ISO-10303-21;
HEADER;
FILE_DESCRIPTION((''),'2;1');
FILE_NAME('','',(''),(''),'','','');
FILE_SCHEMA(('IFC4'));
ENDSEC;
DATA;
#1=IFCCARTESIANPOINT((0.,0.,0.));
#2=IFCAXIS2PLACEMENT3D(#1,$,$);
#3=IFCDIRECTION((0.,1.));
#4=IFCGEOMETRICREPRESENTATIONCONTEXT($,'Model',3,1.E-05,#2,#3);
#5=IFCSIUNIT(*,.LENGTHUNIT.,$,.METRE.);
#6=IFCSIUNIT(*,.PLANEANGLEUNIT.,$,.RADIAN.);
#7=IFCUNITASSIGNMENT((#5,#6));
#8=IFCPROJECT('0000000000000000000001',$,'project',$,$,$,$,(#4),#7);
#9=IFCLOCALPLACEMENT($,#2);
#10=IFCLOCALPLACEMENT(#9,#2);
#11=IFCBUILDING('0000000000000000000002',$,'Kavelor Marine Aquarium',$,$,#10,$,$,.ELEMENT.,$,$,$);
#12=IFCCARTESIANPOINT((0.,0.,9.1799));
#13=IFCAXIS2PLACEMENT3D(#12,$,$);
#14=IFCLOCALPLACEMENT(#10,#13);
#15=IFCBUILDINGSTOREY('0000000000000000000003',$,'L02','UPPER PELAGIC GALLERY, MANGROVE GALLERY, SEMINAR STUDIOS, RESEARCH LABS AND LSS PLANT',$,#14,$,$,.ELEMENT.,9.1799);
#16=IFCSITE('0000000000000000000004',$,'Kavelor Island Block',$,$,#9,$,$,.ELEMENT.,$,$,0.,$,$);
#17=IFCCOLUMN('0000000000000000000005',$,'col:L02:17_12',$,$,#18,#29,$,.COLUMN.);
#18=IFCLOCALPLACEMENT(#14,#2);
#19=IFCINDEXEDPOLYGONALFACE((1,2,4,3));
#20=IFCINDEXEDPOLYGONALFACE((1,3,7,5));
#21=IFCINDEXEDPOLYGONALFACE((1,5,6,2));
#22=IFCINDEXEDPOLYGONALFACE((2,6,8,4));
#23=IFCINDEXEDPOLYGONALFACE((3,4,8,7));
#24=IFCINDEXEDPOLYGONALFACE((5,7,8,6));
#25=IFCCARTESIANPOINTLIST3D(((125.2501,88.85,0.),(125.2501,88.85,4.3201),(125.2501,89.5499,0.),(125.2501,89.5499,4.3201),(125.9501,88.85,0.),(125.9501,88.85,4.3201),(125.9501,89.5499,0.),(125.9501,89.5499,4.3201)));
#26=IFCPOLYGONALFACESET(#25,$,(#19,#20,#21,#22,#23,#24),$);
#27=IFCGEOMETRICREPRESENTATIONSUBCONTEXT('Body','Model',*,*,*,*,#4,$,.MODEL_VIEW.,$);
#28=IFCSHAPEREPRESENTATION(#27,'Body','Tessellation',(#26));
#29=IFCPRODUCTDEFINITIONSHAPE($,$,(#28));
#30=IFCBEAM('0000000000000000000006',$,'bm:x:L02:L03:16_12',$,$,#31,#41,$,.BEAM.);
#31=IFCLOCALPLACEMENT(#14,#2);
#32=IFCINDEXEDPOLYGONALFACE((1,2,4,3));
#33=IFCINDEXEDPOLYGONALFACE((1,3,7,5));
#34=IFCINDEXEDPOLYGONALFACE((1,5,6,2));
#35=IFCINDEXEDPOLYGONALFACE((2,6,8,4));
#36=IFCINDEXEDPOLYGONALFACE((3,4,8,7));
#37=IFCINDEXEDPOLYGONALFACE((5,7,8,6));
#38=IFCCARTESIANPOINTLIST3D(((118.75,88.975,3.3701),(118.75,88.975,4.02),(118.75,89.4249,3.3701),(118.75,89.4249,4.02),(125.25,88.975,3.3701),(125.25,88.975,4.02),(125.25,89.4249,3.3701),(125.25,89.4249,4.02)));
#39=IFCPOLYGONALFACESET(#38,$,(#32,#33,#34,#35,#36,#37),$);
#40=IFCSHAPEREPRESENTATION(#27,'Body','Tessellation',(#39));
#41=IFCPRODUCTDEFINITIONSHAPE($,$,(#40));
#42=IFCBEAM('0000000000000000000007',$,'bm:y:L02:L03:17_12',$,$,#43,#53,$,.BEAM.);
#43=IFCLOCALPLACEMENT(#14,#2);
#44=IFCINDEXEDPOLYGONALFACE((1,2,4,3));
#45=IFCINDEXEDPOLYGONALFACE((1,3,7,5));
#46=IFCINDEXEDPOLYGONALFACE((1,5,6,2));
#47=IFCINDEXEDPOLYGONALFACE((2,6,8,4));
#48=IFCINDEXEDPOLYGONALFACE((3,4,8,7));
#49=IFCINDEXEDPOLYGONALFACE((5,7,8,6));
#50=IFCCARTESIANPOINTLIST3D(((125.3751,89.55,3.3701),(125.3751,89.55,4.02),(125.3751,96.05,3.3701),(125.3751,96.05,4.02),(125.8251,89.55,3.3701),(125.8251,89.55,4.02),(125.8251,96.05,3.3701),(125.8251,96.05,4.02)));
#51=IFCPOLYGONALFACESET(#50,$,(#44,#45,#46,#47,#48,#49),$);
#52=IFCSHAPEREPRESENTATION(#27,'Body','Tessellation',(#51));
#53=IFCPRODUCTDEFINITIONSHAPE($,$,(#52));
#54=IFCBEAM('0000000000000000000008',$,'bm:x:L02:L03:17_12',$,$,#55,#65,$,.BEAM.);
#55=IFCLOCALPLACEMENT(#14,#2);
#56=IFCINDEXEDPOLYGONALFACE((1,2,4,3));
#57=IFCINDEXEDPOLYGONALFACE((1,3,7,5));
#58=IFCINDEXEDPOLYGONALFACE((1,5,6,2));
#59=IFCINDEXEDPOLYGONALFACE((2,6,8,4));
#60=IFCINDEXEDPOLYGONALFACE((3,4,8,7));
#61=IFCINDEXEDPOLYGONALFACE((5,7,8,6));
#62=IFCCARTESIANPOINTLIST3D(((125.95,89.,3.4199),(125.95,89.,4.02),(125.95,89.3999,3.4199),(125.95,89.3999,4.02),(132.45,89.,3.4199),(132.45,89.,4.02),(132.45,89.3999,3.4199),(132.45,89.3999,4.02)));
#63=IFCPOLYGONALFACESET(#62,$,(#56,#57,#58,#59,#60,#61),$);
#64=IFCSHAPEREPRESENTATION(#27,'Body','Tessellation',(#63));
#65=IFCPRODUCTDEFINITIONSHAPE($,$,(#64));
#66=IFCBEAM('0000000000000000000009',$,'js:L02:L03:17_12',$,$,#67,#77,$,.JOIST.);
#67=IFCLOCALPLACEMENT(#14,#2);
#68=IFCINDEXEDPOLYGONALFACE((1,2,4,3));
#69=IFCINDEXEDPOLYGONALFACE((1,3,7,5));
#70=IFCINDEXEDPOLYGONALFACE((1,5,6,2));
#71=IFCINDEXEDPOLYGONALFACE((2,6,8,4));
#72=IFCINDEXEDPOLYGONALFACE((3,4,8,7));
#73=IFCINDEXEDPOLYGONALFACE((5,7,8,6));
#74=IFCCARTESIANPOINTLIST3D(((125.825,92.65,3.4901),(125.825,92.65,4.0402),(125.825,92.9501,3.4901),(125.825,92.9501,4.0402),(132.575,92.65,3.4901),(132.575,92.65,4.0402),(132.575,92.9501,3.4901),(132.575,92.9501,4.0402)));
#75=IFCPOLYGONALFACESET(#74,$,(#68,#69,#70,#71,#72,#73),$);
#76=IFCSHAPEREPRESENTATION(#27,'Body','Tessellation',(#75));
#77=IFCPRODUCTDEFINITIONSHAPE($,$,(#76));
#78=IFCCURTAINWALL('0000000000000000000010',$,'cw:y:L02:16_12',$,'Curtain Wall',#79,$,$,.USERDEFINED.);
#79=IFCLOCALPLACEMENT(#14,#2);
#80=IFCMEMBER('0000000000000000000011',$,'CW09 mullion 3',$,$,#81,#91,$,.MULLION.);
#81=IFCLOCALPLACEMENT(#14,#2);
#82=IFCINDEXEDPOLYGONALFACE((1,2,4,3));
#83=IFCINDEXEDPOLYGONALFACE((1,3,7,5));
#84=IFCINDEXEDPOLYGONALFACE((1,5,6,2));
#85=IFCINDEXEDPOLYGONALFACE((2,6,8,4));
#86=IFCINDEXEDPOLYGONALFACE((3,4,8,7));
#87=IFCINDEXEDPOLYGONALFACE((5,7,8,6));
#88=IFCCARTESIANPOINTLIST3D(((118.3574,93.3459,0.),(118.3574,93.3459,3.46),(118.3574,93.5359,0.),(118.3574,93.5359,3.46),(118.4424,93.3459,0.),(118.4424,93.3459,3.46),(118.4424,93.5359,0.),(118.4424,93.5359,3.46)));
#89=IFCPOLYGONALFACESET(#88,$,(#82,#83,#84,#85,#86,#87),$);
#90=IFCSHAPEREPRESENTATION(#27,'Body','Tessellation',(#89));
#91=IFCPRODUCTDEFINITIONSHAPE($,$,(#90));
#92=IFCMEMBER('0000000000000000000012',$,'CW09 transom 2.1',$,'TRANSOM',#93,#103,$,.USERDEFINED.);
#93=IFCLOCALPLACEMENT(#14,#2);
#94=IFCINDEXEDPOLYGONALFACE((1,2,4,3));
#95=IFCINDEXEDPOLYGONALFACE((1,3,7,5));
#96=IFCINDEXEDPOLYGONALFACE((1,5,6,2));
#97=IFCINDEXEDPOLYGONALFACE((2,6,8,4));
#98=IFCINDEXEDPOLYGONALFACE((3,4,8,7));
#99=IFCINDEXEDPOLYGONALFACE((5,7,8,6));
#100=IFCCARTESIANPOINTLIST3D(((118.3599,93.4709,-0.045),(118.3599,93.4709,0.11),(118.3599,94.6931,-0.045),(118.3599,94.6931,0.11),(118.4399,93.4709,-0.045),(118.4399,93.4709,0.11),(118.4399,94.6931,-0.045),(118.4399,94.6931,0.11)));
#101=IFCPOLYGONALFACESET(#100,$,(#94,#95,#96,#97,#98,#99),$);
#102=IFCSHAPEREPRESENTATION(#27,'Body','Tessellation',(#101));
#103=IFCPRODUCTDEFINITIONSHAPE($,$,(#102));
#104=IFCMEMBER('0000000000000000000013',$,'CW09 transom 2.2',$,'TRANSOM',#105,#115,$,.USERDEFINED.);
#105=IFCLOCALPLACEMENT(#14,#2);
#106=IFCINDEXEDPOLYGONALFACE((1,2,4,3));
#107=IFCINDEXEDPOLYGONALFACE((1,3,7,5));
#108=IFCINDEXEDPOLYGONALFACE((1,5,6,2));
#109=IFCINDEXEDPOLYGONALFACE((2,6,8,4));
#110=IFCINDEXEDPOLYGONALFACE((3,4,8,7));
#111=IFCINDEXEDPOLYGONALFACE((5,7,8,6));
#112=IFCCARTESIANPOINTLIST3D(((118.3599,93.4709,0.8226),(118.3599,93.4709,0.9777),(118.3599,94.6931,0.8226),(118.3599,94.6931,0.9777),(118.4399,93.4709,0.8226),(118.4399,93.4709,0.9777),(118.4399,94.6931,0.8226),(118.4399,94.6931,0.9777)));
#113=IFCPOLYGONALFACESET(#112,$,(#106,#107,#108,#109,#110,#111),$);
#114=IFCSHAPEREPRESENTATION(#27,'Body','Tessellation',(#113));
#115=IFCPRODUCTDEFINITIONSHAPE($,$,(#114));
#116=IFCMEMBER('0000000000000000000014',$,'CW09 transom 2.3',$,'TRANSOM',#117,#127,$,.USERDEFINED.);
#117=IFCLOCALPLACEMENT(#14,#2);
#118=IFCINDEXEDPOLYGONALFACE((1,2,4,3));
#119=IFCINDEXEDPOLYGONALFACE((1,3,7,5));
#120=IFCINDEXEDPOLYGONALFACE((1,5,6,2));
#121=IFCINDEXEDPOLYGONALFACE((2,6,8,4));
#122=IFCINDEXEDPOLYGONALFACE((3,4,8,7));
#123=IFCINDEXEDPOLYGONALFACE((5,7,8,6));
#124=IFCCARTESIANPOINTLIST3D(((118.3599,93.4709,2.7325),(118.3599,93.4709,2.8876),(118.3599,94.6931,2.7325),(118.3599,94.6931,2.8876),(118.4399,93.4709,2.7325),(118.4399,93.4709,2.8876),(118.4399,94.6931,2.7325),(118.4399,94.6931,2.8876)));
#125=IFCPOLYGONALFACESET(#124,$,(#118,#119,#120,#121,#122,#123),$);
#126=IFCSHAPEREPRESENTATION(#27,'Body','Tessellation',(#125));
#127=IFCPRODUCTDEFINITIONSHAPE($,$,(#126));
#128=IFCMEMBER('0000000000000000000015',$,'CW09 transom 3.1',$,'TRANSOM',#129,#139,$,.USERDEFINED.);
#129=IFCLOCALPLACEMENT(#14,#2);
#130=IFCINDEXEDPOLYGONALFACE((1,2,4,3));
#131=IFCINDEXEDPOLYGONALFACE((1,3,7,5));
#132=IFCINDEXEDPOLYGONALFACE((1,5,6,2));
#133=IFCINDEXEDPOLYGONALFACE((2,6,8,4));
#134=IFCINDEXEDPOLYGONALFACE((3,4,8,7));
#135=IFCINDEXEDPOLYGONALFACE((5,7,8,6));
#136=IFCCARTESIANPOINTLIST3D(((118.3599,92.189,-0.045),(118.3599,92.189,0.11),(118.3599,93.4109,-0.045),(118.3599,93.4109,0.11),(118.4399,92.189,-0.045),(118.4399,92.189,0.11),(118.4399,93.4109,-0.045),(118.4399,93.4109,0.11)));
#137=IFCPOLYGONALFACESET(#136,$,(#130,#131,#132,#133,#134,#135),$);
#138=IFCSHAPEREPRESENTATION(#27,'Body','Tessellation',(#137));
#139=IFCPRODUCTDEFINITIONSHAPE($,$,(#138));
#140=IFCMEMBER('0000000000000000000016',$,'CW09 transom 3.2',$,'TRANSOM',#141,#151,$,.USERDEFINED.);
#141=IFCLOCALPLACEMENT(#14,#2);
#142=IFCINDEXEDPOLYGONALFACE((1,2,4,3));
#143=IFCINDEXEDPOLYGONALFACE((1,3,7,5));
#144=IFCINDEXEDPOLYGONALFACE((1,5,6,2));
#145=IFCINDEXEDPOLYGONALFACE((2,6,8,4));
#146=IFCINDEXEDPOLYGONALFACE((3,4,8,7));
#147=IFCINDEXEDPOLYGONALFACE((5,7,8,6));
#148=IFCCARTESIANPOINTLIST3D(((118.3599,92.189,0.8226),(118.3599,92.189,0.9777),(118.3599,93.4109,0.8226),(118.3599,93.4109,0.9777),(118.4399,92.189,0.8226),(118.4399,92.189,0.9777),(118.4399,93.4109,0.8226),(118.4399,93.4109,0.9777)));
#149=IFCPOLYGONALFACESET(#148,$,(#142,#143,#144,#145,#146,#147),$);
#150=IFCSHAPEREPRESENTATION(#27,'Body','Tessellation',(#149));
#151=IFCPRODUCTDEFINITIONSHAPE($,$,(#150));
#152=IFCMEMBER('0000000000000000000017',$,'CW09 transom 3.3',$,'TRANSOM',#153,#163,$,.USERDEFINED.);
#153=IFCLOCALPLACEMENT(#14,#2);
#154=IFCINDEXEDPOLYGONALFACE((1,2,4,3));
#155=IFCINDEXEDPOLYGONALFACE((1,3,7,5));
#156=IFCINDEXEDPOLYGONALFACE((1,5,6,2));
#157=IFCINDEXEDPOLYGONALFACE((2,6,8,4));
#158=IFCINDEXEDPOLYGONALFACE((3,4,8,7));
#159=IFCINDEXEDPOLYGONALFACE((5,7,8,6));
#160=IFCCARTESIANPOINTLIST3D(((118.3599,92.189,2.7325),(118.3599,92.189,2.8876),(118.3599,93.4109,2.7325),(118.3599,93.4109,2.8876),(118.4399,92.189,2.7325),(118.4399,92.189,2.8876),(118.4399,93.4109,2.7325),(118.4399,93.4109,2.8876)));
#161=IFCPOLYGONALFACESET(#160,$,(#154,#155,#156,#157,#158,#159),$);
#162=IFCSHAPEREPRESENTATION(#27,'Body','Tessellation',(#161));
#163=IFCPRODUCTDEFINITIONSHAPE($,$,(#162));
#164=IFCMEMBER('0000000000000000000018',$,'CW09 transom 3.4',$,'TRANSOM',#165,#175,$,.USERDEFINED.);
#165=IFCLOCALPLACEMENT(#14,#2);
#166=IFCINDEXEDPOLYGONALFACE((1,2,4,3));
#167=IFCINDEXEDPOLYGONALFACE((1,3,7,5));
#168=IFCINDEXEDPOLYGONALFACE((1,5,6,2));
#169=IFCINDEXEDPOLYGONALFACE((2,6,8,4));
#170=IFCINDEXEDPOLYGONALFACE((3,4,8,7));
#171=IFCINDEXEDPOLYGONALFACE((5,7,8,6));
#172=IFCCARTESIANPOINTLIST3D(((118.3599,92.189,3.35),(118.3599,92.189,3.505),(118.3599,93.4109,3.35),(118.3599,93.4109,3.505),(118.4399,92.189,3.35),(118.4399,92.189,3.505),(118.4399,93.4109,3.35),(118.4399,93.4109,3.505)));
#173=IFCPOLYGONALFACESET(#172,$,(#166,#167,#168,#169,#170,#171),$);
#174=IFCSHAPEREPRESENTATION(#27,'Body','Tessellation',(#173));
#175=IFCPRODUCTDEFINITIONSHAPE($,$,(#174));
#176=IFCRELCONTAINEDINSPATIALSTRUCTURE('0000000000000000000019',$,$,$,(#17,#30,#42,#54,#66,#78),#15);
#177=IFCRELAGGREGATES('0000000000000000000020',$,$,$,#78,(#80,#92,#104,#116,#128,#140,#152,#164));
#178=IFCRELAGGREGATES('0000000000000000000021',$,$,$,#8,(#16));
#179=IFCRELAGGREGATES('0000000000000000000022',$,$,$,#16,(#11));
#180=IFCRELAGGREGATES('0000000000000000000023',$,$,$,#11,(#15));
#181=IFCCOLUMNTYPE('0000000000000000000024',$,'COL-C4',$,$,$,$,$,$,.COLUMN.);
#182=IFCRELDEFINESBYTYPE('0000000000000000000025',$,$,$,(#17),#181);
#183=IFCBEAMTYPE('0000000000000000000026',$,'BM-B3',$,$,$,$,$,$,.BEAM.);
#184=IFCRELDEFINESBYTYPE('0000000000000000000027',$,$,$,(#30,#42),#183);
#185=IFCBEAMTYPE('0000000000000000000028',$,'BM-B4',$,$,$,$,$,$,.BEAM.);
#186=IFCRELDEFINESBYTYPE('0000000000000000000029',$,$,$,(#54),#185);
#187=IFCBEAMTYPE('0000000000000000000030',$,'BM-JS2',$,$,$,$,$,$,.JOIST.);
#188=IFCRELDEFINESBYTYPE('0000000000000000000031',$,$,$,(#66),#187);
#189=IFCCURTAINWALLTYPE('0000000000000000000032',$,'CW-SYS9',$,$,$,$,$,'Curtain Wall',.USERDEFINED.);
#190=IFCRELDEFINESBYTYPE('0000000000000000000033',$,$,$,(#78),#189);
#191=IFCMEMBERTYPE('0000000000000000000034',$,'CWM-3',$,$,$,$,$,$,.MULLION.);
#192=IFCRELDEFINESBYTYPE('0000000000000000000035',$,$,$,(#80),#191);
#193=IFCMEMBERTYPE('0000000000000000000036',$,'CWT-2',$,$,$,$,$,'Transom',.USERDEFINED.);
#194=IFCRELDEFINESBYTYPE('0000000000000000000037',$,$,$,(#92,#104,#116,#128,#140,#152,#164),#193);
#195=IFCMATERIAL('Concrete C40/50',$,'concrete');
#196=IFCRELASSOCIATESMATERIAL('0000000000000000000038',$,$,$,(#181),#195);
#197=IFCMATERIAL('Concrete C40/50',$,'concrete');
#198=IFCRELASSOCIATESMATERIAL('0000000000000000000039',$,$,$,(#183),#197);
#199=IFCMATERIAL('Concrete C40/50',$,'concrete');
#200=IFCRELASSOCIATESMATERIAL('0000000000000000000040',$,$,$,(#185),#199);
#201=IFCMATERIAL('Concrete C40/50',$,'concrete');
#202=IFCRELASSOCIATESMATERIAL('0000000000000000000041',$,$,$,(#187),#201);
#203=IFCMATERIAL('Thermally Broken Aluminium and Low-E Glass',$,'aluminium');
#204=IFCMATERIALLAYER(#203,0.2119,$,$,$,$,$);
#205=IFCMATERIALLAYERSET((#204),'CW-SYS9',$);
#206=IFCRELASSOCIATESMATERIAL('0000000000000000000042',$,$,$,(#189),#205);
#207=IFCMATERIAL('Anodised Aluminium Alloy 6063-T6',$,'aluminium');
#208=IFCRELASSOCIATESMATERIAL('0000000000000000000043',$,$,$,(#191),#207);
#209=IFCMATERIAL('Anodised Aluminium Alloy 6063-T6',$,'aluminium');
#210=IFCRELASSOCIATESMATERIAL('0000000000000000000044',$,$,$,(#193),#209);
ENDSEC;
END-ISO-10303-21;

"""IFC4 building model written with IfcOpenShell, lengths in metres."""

from ifc_helpers import new_model, si_unit, direction, frame, origin, origin_2d, place, context, subcontext, project, spatial, rectangle, extrude, material, layer, layer_set, material_profile, profile_set, type_object, element, aggregate, save


model = new_model("IFC4")

# Units and contexts
model_context = context("Model", 3, precision=1e-05, world=origin(), true_north=direction((0.0, 1.0)))
body_context = subcontext(model_context, "Body", "Model", "MODEL_VIEW")
ifc_project = project(units=[si_unit("LENGTHUNIT", "METRE"), si_unit("PLANEANGLEUNIT", "RADIAN")], contexts=[model_context])

# Site, building, storey
site_placement = place(None, origin())
site = spatial("IfcSite", under=ifc_project, at=site_placement, Name="Kavelor Island Block", CompositionType="ELEMENT", RefElevation=0.0)
building_placement = place(site_placement, origin())
building = spatial("IfcBuilding", under=site, at=building_placement, Name="Kavelor Marine Aquarium", CompositionType="ELEMENT")
storey_placement = place(building_placement, frame((0.0, 0.0, 9.1799)))
storey = spatial("IfcBuildingStorey", under=building, at=storey_placement, Name="L02", Description="UPPER PELAGIC GALLERY, MANGROVE GALLERY, SEMINAR STUDIOS, RESEARCH LABS AND LSS PLANT", CompositionType="ELEMENT", Elevation=9.1799)

# Column
ifc_material_1 = material(Name="Concrete C40/50", Category="concrete")
ifc_material_profile_1 = material_profile(ifc_material_1, rectangle(XDim=0.7, YDim=0.7, at=origin_2d()), Name="RC-COL 700x700")
ifc_profile_set_1 = profile_set([ifc_material_profile_1], Name="Concrete C40/50")
column_type = type_object("IfcColumnType", Name="COL-C4", PredefinedType="COLUMN", material=ifc_profile_set_1)
column_placement = place(storey_placement, frame((125.6001, 89.2, 0.0), z_axis=(0.0, 0.0, 1.0), x_axis=(1.0, 0.0, 0.0)))
element("IfcColumn", 1, at=column_placement, inside=storey, type_object=column_type, Name="col:L02:17_12", PredefinedType="COLUMN", context=body_context, shape_type="SweptSolid", body=[
    extrude(rectangle(XDim=0.7, YDim=0.7, at=origin_2d()), origin(), (0.0, 0.0, 1.0), 4.3201),
])

# Beams
ifc_material_2 = material(Name="Concrete C40/50", Category="concrete")
ifc_material_profile_2 = material_profile(ifc_material_2, rectangle(XDim=0.45, YDim=0.6499, at=origin_2d()), Name="RC-BM 450x650")
ifc_profile_set_2 = profile_set([ifc_material_profile_2], Name="Concrete C40/50")
beam_type_1 = type_object("IfcBeamType", Name="BM-B3", PredefinedType="BEAM", material=ifc_profile_set_2)
for number, where, z_axis, x_axis, name in (
    (2, (118.75, 89.2, 3.6951), (1.0, 0.0, 0.0), (0.0, 1.0, 0.0), "bm:x:L02:L03:16_12"),
    (3, (125.6001, 89.55, 3.6951), (0.0, 1.0, 0.0), (-1.0, 0.0, 0.0), "bm:y:L02:L03:17_12"),
):
    element("IfcBeam", number, at=place(storey_placement, frame(where, z_axis=z_axis, x_axis=x_axis)), inside=storey, type_object=beam_type_1, Name=name, PredefinedType="BEAM", context=body_context, shape_type="SweptSolid", body=[
        extrude(rectangle(XDim=0.45, YDim=0.6499, at=origin_2d()), origin(), (0.0, 0.0, 1.0), 6.5),
    ])
ifc_material_3 = material(Name="Concrete C40/50", Category="concrete")
ifc_material_profile_3 = material_profile(ifc_material_3, rectangle(XDim=0.3999, YDim=0.6001, at=origin_2d()), Name="RC-BM 400x600")
ifc_profile_set_3 = profile_set([ifc_material_profile_3], Name="Concrete C40/50")
beam_type_2 = type_object("IfcBeamType", Name="BM-B4", PredefinedType="BEAM", material=ifc_profile_set_3)
beam_1_placement = place(storey_placement, frame((125.95, 89.2, 3.72), z_axis=(1.0, 0.0, 0.0), x_axis=(0.0, 1.0, 0.0)))
element("IfcBeam", 4, at=beam_1_placement, inside=storey, type_object=beam_type_2, Name="bm:x:L02:L03:17_12", PredefinedType="BEAM", context=body_context, shape_type="SweptSolid", body=[
    extrude(rectangle(XDim=0.3999, YDim=0.6001, at=origin_2d()), origin(), (0.0, 0.0, 1.0), 6.5),
])
ifc_material_4 = material(Name="Concrete C40/50", Category="concrete")
ifc_material_profile_4 = material_profile(ifc_material_4, rectangle(XDim=0.3, YDim=0.55, at=origin_2d()), Name="RC-JS 300x550")
ifc_profile_set_4 = profile_set([ifc_material_profile_4], Name="Concrete C40/50")
beam_type_3 = type_object("IfcBeamType", Name="BM-JS2", PredefinedType="JOIST", material=ifc_profile_set_4)
beam_2_placement = place(storey_placement, frame((125.825, 92.8, 3.7651), z_axis=(1.0, 0.0, 0.0), x_axis=(0.0, 1.0, 0.0)))
element("IfcBeam", 5, at=beam_2_placement, inside=storey, type_object=beam_type_3, Name="js:L02:L03:17_12", PredefinedType="JOIST", context=body_context, shape_type="SweptSolid", body=[
    extrude(rectangle(XDim=0.3, YDim=0.55, at=origin_2d()), origin(), (0.0, 0.0, 1.0), 6.75),
])

# Curtain wall, members
ifc_material_5 = material(Name="Thermally Broken Aluminium and Low-E Glass", Category="aluminium")
ifc_layer_1 = layer(ifc_material_5, 0.2119)
ifc_layer_set_1 = layer_set([ifc_layer_1], Name="CW-SYS9")
curtain_wall_type = type_object("IfcCurtainWallType", Name="CW-SYS9", ElementType="Curtain Wall", PredefinedType="USERDEFINED", material=ifc_layer_set_1)
curtain_wall_placement = place(storey_placement, origin())
curtain_wall = element("IfcCurtainWall", 6, at=curtain_wall_placement, inside=storey, type_object=curtain_wall_type, Name="cw:y:L02:16_12", ObjectType="Curtain Wall", PredefinedType="USERDEFINED")
ifc_material_6 = material(Name="Anodised Aluminium Alloy 6063-T6", Category="aluminium")
ifc_material_profile_5 = material_profile(ifc_material_6, rectangle(XDim=0.085, YDim=0.1899, at=origin_2d()), Name="CW-MUL 85x190")
ifc_profile_set_5 = profile_set([ifc_material_profile_5], Name="Anodised Aluminium Alloy 6063-T6")
member_type_1 = type_object("IfcMemberType", Name="CWM-3", PredefinedType="MULLION", material=ifc_profile_set_5)
member_1_placement = place(storey_placement, frame((118.3999, 93.4409, 0.0), z_axis=(0.0, 0.0, 1.0), x_axis=(1.0, 0.0, 0.0)))
member_1 = element("IfcMember", 7, at=member_1_placement, type_object=member_type_1, Name="CW09 mullion 3", PredefinedType="MULLION", context=body_context, shape_type="SweptSolid", body=[
    extrude(rectangle(XDim=0.085, YDim=0.1899, at=origin_2d()), origin(), (0.0, 0.0, 1.0), 3.46),
])
ifc_material_7 = material(Name="Anodised Aluminium Alloy 6063-T6", Category="aluminium")
ifc_material_profile_6 = material_profile(ifc_material_7, rectangle(XDim=0.0801, YDim=0.155, at=origin_2d()), Name="CW-TRN 80x155")
ifc_profile_set_6 = profile_set([ifc_material_profile_6], Name="Anodised Aluminium Alloy 6063-T6")
member_type_2 = type_object("IfcMemberType", Name="CWT-2", ElementType="Transom", PredefinedType="USERDEFINED", material=ifc_profile_set_6)
member_2_placement = place(storey_placement, frame((118.3999, 94.6931, 0.0325), z_axis=(0.0, -1.0, 0.0), x_axis=(1.0, 0.0, 0.0)))
member_2 = element("IfcMember", 8, at=member_2_placement, type_object=member_type_2, Name="CW09 transom 2.1", ObjectType="TRANSOM", PredefinedType="USERDEFINED", context=body_context, shape_type="SweptSolid", body=[
    extrude(rectangle(XDim=0.0801, YDim=0.155, at=origin_2d()), origin(), (0.0, 0.0, 1.0), 1.2222),
])
member_3_placement = place(storey_placement, frame((118.3999, 94.6931, 0.9001), z_axis=(0.0, -1.0, 0.0), x_axis=(1.0, 0.0, 0.0)))
member_3 = element("IfcMember", 9, at=member_3_placement, type_object=member_type_2, Name="CW09 transom 2.2", ObjectType="TRANSOM", PredefinedType="USERDEFINED", context=body_context, shape_type="SweptSolid", body=[
    extrude(rectangle(XDim=0.0801, YDim=0.155, at=origin_2d()), origin(), (0.0, 0.0, 1.0), 1.2222),
])
member_4_placement = place(storey_placement, frame((118.3999, 94.6931, 2.8101), z_axis=(0.0, -1.0, 0.0), x_axis=(1.0, 0.0, 0.0)))
member_4 = element("IfcMember", 10, at=member_4_placement, type_object=member_type_2, Name="CW09 transom 2.3", ObjectType="TRANSOM", PredefinedType="USERDEFINED", context=body_context, shape_type="SweptSolid", body=[
    extrude(rectangle(XDim=0.0801, YDim=0.155, at=origin_2d()), origin(), (0.0, 0.0, 1.0), 1.2222),
])
member_5_placement = place(storey_placement, frame((118.3999, 93.4109, 0.0325), z_axis=(0.0, -1.0, 0.0), x_axis=(1.0, 0.0, 0.0)))
member_5 = element("IfcMember", 11, at=member_5_placement, type_object=member_type_2, Name="CW09 transom 3.1", ObjectType="TRANSOM", PredefinedType="USERDEFINED", context=body_context, shape_type="SweptSolid", body=[
    extrude(rectangle(XDim=0.0801, YDim=0.155, at=origin_2d()), origin(), (0.0, 0.0, 1.0), 1.2219),
])
member_6_placement = place(storey_placement, frame((118.3999, 93.4109, 0.9001), z_axis=(0.0, -1.0, 0.0), x_axis=(1.0, 0.0, 0.0)))
member_6 = element("IfcMember", 12, at=member_6_placement, type_object=member_type_2, Name="CW09 transom 3.2", ObjectType="TRANSOM", PredefinedType="USERDEFINED", context=body_context, shape_type="SweptSolid", body=[
    extrude(rectangle(XDim=0.0801, YDim=0.155, at=origin_2d()), origin(), (0.0, 0.0, 1.0), 1.2219),
])
member_7_placement = place(storey_placement, frame((118.3999, 93.4109, 2.8101), z_axis=(0.0, -1.0, 0.0), x_axis=(1.0, 0.0, 0.0)))
member_7 = element("IfcMember", 13, at=member_7_placement, type_object=member_type_2, Name="CW09 transom 3.3", ObjectType="TRANSOM", PredefinedType="USERDEFINED", context=body_context, shape_type="SweptSolid", body=[
    extrude(rectangle(XDim=0.0801, YDim=0.155, at=origin_2d()), origin(), (0.0, 0.0, 1.0), 1.2219),
])
member_8_placement = place(storey_placement, frame((118.3999, 93.4109, 3.4275), z_axis=(0.0, -1.0, 0.0), x_axis=(1.0, 0.0, 0.0)))
member_8 = element("IfcMember", 14, at=member_8_placement, type_object=member_type_2, Name="CW09 transom 3.4", ObjectType="TRANSOM", PredefinedType="USERDEFINED", context=body_context, shape_type="SweptSolid", body=[
    extrude(rectangle(XDim=0.0801, YDim=0.155, at=origin_2d()), origin(), (0.0, 0.0, 1.0), 1.2219),
])

aggregate(curtain_wall, [member_1, member_2, member_3, member_4, member_5, member_6, member_7, member_8])

save(model, "model.ifc")
